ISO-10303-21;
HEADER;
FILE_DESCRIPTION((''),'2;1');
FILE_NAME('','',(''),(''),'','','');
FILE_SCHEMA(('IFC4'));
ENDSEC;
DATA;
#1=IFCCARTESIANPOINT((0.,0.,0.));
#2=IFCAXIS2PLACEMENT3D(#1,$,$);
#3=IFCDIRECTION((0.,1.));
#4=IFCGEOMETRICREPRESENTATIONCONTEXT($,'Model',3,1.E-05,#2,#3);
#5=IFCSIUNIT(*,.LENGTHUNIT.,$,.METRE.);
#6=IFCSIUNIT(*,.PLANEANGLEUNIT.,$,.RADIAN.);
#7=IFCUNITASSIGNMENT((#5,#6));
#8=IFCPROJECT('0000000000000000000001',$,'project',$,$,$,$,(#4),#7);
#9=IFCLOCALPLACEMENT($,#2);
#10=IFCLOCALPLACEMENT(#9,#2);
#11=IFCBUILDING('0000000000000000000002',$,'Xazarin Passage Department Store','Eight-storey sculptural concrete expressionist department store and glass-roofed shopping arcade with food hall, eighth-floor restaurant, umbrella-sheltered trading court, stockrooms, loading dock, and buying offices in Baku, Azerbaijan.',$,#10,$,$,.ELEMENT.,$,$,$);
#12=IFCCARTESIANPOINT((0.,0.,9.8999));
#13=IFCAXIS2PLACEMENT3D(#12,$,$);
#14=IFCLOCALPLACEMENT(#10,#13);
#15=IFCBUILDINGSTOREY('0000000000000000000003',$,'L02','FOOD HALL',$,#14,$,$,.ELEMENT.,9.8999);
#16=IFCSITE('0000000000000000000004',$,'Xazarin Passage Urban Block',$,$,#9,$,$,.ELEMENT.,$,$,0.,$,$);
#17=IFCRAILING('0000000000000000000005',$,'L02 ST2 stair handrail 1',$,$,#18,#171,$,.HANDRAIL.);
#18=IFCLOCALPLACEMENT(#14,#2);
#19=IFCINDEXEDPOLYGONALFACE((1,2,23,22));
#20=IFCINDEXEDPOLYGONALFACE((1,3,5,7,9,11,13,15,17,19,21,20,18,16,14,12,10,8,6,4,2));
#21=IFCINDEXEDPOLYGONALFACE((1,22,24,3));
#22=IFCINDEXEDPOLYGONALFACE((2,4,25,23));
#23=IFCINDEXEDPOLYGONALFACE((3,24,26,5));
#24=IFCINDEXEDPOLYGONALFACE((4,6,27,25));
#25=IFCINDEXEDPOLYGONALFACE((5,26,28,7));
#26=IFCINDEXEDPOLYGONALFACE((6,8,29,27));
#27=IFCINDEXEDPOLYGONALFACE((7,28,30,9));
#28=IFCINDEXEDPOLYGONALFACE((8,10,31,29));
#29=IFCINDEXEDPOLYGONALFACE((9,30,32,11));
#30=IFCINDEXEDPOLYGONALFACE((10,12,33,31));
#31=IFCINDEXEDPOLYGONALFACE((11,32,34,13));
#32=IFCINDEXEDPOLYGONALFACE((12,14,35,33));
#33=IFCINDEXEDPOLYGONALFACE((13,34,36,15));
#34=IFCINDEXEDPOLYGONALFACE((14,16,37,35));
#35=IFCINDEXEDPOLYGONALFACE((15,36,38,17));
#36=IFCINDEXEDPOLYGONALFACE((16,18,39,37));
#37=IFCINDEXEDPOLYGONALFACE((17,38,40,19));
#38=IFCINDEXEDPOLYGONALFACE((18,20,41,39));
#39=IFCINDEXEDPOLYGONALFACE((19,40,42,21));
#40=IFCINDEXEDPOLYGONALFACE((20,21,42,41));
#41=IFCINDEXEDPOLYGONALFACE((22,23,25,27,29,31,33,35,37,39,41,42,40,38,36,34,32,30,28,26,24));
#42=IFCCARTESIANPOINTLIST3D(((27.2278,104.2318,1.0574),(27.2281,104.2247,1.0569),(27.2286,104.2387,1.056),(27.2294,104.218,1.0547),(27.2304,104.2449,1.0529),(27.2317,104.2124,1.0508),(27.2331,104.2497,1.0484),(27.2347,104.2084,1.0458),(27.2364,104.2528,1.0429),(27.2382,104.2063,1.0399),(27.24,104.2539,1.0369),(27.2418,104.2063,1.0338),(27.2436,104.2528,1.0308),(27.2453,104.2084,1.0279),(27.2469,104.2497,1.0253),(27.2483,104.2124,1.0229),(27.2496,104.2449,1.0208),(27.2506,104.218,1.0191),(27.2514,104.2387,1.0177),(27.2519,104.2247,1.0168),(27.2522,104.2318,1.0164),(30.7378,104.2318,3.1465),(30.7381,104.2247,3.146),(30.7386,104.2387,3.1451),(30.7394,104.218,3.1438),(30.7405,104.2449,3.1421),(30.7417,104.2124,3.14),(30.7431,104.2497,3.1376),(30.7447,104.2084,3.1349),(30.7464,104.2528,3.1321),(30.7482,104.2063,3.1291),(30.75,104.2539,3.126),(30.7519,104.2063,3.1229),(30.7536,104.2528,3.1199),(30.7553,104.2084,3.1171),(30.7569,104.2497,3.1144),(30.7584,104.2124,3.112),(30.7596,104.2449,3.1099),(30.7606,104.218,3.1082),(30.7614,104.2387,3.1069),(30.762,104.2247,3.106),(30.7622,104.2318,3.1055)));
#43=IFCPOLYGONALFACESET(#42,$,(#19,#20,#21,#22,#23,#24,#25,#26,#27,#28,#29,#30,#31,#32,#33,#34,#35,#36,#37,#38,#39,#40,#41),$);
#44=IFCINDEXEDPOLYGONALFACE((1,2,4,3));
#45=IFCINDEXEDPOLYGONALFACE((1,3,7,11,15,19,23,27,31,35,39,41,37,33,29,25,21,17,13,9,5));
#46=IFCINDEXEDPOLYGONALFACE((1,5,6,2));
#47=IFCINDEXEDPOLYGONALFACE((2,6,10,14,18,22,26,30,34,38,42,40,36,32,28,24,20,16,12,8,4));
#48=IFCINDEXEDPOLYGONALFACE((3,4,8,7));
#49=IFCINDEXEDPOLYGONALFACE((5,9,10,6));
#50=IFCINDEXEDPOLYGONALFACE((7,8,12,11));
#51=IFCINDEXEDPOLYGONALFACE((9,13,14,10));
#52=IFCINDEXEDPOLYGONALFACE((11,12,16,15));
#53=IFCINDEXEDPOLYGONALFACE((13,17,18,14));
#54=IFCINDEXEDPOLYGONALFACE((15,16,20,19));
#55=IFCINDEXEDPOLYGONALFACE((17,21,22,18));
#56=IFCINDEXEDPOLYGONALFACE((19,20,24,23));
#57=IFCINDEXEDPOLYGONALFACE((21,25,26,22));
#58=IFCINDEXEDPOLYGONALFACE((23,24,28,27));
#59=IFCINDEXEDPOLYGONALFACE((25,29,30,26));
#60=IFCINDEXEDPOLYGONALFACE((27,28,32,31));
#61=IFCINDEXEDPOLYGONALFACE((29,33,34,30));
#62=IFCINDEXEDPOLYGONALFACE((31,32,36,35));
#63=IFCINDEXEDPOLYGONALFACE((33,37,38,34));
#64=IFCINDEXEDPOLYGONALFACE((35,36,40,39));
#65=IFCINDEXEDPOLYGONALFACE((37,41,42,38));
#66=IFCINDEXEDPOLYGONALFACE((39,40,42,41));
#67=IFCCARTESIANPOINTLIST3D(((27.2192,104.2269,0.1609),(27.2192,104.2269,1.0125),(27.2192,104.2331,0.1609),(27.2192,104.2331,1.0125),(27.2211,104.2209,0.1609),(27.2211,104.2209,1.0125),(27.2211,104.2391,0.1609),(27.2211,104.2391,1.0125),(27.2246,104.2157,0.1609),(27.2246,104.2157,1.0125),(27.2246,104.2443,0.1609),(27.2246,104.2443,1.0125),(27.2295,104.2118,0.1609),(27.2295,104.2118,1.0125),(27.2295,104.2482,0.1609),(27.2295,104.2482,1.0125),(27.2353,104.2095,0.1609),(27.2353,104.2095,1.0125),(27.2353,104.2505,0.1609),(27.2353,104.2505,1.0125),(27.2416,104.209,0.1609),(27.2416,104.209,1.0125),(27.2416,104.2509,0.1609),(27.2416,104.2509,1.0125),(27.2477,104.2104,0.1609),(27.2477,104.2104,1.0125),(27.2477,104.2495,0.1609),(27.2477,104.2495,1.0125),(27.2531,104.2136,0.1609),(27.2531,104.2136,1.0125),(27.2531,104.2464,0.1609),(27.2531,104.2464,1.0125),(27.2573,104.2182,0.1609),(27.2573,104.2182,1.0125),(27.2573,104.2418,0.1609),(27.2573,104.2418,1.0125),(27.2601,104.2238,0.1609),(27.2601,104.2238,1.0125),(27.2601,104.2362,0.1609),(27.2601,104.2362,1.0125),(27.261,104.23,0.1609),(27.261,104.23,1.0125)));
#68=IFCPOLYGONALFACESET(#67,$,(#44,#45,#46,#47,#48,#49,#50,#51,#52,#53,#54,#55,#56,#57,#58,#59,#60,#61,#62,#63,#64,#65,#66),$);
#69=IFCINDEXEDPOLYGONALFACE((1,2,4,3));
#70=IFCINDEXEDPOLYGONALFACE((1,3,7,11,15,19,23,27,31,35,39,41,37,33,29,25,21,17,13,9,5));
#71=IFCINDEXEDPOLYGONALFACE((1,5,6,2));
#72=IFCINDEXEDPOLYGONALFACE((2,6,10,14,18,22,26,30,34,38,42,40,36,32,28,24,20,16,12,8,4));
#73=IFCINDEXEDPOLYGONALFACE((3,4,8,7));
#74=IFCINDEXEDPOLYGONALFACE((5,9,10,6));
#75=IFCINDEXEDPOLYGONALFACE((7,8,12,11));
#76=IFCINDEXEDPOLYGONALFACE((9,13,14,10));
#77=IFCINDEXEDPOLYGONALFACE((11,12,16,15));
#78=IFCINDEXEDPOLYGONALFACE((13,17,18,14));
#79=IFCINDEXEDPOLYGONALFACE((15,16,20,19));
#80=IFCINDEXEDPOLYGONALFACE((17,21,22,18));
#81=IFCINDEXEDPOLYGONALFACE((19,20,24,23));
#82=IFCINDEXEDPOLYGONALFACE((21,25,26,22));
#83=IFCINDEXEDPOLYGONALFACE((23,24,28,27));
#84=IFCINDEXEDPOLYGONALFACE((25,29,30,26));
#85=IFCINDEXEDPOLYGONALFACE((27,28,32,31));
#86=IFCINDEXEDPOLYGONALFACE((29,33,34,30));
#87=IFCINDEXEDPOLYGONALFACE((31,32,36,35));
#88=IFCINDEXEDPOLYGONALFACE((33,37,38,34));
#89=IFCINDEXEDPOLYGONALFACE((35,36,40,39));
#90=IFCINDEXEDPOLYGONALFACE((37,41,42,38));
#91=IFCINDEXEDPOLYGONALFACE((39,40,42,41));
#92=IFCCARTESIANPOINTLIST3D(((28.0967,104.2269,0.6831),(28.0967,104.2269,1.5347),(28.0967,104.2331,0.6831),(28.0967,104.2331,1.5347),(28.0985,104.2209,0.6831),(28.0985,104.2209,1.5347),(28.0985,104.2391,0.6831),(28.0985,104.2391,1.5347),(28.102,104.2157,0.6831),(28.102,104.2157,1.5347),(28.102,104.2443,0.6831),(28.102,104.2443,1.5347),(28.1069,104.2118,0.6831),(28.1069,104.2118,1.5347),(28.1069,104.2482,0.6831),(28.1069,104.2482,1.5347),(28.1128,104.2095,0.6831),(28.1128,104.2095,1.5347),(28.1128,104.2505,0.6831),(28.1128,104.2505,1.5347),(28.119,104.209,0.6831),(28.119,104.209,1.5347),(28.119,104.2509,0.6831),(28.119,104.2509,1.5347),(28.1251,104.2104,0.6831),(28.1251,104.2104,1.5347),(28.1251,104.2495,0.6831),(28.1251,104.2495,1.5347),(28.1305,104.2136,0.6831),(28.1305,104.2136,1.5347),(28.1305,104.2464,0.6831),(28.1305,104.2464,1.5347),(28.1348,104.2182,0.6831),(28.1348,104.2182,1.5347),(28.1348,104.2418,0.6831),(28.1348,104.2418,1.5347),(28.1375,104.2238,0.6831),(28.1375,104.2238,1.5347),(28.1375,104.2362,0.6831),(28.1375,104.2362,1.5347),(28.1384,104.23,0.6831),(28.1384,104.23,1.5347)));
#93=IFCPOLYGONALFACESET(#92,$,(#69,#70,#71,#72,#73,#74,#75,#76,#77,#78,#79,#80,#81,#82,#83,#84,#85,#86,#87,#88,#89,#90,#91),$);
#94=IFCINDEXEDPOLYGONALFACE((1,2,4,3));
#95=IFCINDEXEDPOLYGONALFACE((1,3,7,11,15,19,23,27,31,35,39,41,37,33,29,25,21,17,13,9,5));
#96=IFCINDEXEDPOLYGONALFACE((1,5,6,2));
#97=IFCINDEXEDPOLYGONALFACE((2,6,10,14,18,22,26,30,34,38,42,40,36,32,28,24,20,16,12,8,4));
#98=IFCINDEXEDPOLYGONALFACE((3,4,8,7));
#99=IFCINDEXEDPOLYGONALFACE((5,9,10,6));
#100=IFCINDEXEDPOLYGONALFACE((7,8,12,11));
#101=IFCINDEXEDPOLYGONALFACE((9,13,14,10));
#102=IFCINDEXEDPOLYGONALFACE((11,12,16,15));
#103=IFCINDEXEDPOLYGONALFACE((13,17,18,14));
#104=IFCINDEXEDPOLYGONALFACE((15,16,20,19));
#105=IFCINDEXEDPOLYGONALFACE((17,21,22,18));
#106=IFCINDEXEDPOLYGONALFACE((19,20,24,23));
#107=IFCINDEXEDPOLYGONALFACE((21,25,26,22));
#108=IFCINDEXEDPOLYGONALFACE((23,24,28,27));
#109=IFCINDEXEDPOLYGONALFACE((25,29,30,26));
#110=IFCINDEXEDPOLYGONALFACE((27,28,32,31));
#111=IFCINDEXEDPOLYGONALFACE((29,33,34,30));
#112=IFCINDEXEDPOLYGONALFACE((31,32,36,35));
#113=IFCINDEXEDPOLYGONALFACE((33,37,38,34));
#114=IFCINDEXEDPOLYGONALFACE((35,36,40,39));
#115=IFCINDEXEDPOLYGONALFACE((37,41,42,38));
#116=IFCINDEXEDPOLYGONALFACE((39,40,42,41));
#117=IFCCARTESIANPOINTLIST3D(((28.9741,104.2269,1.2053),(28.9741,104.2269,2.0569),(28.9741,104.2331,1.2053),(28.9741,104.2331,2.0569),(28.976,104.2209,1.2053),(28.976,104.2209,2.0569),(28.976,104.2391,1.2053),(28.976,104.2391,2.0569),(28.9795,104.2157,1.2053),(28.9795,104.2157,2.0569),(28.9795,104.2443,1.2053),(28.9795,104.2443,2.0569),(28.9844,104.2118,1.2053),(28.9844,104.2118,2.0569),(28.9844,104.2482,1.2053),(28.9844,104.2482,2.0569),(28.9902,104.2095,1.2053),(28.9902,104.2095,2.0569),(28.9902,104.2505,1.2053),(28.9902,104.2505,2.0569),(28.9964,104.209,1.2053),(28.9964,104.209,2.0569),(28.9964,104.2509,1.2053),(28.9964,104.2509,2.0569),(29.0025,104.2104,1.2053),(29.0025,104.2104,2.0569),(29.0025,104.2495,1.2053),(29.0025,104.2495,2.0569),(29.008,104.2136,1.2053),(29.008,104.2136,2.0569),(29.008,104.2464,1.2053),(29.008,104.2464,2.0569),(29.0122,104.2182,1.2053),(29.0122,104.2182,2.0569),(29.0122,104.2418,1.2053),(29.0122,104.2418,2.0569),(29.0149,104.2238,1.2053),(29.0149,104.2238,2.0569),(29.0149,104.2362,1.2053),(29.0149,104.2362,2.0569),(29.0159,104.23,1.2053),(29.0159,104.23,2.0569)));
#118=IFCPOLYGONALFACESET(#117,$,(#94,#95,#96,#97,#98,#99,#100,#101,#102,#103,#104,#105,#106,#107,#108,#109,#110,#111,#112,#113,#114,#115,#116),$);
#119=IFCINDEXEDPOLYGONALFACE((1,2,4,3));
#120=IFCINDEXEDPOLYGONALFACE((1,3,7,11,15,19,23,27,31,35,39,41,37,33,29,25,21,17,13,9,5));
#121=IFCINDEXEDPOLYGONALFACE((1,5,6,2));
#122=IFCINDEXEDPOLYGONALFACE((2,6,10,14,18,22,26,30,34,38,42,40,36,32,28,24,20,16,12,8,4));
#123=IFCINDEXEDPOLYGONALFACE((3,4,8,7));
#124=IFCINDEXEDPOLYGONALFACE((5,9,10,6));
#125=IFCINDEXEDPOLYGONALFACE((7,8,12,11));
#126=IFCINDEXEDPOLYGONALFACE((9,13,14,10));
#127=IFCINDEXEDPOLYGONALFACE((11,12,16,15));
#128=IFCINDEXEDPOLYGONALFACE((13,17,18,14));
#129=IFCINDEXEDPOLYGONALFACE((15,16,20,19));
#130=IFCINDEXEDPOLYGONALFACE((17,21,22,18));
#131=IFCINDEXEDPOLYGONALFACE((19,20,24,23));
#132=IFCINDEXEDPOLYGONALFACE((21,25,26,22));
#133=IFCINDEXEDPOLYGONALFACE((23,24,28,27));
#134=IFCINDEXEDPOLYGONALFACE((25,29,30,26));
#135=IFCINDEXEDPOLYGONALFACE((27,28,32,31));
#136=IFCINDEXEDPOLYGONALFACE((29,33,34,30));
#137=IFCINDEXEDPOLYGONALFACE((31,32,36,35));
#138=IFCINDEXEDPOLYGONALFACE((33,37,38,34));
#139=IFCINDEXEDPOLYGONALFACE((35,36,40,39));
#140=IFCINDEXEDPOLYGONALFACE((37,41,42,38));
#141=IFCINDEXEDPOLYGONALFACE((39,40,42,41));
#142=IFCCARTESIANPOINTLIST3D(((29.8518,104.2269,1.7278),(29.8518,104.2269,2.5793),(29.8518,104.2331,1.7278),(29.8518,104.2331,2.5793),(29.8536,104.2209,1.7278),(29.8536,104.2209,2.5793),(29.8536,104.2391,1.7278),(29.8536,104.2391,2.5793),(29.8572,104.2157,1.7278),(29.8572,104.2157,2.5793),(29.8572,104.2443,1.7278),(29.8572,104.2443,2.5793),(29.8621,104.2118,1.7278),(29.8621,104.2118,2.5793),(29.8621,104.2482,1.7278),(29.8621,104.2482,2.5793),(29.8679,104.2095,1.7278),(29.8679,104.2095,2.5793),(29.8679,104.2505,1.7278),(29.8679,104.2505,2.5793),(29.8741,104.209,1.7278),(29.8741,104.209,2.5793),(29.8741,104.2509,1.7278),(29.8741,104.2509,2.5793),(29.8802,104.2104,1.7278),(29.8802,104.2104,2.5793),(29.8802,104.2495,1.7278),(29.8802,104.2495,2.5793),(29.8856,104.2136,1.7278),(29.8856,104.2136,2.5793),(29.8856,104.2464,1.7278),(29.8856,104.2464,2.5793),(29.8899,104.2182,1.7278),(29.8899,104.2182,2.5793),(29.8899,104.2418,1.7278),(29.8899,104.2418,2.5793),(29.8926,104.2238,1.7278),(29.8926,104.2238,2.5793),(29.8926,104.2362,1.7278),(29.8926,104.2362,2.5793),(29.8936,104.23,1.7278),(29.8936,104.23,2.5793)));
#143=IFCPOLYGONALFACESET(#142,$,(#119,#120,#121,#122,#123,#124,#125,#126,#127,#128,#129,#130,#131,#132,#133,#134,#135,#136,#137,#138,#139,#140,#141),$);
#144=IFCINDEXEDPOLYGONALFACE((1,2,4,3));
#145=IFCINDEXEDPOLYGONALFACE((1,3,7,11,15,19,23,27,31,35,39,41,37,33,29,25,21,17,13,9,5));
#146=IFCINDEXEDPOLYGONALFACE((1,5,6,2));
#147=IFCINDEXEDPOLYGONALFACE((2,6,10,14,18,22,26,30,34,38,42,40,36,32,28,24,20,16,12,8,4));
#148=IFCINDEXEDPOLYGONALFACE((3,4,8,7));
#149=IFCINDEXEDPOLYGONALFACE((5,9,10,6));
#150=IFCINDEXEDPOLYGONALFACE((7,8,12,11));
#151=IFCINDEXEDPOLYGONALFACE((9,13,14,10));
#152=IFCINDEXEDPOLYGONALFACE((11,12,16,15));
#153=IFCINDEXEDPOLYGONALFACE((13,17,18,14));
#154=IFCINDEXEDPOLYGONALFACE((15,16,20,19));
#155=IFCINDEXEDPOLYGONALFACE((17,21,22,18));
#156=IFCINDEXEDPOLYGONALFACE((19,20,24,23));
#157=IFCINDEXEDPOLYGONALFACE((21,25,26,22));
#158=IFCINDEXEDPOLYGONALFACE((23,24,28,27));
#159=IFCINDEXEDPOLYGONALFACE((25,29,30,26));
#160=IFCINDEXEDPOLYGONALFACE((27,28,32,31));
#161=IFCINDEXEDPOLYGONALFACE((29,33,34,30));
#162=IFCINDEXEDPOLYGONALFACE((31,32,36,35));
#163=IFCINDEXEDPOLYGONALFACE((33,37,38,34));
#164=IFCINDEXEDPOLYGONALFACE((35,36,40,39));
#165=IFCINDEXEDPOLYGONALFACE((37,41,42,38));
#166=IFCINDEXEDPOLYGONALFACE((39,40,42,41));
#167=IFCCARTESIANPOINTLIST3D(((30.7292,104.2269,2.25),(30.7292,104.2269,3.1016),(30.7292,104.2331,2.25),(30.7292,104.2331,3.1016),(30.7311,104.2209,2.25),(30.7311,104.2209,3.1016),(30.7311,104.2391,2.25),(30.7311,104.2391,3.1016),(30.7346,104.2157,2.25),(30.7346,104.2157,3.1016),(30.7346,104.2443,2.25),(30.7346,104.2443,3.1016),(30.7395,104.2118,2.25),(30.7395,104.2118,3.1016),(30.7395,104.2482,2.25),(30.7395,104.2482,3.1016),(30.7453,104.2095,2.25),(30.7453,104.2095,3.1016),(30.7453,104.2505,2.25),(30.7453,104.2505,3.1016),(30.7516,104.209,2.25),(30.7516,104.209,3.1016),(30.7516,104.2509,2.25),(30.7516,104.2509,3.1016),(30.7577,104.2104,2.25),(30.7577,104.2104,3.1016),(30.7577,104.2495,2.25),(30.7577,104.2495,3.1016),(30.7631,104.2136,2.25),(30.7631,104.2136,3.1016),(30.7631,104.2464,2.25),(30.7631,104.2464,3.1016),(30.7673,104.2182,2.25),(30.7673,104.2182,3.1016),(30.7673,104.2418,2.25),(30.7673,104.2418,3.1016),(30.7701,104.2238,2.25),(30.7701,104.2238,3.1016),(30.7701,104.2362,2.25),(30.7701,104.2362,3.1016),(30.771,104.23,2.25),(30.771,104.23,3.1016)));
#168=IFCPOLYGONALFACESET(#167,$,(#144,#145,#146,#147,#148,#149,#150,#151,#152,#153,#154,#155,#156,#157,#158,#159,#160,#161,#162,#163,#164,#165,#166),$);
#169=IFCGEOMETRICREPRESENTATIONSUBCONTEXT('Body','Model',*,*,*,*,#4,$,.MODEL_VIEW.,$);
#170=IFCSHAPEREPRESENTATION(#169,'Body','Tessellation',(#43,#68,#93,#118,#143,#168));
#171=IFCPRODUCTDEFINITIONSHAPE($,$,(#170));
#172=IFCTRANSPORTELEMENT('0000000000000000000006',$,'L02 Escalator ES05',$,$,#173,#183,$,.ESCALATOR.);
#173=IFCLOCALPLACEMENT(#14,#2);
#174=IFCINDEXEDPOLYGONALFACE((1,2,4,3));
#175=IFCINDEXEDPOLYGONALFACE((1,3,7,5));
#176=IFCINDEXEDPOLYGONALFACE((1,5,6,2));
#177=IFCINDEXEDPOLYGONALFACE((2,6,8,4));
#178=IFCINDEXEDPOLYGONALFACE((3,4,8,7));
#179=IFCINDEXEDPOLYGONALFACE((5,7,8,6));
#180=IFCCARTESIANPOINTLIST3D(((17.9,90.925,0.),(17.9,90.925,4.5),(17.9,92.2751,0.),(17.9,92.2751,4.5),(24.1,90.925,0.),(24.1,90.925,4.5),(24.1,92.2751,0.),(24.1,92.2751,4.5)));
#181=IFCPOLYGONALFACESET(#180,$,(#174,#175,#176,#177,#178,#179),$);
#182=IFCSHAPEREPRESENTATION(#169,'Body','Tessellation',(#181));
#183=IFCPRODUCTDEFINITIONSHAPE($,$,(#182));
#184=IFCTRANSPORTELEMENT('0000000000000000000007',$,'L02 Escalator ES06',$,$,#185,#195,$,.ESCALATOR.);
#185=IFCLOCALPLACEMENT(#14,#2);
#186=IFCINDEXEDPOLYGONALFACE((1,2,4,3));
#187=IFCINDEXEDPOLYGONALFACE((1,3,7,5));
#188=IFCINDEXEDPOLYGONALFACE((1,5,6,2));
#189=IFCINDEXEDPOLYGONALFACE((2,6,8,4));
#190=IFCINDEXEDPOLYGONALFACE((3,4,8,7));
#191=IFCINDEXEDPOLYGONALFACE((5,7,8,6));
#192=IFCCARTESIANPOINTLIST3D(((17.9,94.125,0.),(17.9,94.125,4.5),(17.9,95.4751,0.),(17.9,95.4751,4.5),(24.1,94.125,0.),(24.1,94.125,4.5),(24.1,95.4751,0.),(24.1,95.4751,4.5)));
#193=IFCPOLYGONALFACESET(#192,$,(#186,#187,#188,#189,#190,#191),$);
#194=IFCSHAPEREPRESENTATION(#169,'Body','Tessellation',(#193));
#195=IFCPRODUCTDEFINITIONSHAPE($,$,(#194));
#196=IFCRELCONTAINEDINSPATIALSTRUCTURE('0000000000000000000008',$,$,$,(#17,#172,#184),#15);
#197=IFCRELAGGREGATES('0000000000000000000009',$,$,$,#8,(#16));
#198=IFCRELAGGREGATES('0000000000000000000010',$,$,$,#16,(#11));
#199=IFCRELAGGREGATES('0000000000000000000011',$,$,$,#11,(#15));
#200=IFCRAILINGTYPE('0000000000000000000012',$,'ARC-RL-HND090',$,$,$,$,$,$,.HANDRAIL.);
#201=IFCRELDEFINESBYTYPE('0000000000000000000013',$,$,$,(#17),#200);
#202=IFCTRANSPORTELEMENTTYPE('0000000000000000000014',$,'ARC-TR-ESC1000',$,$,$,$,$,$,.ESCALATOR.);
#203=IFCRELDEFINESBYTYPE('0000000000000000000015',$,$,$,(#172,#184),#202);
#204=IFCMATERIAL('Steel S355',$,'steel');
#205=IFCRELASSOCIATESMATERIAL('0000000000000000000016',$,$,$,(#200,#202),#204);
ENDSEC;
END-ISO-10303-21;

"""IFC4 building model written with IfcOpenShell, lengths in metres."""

from ifc_helpers import new_model, si_unit, direction, frame, origin, origin_2d, place, context, subcontext, project, spatial, rectangle, circle, extrude, material, type_object, element, save


model = new_model("IFC4")

# Units and contexts
model_context = context("Model", 3, precision=1e-05, world=origin(), true_north=direction((0.0, 1.0)))
body_context = subcontext(model_context, "Body", "Model", "MODEL_VIEW")
ifc_project = project(units=[si_unit("LENGTHUNIT", "METRE"), si_unit("PLANEANGLEUNIT", "RADIAN")], contexts=[model_context])

# Site, building, storey
site_placement = place(None, origin())
site = spatial("IfcSite", under=ifc_project, at=site_placement, Name="Xazarin Passage Urban Block", CompositionType="ELEMENT", RefElevation=0.0)
building_placement = place(site_placement, origin())
building = spatial("IfcBuilding", under=site, at=building_placement, Name="Xazarin Passage Department Store", Description="Eight-storey sculptural concrete expressionist department store and glass-roofed shopping arcade with food hall, eighth-floor restaurant, umbrella-sheltered trading court, stockrooms, loading dock, and buying offices in Baku, Azerbaijan.", CompositionType="ELEMENT")
storey_placement = place(building_placement, frame((0.0, 0.0, 9.8999)))
storey = spatial("IfcBuildingStorey", under=building, at=storey_placement, Name="L02", Description="FOOD HALL", CompositionType="ELEMENT", Elevation=9.8999)

# Railing
ifc_material_1 = material(Name="Steel S355", Category="steel")
railing_type = type_object("IfcRailingType", Name="ARC-RL-HND090", PredefinedType="HANDRAIL", material=ifc_material_1)
railing_placement = place(storey_placement, frame((27.24, 104.23, 0.1609)))
element("IfcRailing", 1, at=railing_placement, inside=storey, type_object=railing_type, Name="L02 ST2 stair handrail 1", PredefinedType="HANDRAIL", context=body_context, shape_type="SweptSolid", body=[
    extrude(circle(Radius=0.0239, at=origin_2d()), frame((0.0, 0.0, 0.876), z_axis=(0.859312, 0.0, 0.511451), x_axis=(0.0, 1.0, 0.0)), (0.0, 0.0, 1.0), 4.0847),
    extrude(circle(Radius=0.021, at=origin_2d()), origin(), (0.0, 0.0, 1.0), 0.8516),
    extrude(circle(Radius=0.021, at=origin_2d()), frame((0.8774, 0.0, 0.5222)), (0.0, 0.0, 1.0), 0.8516),
    extrude(circle(Radius=0.021, at=origin_2d()), frame((1.7549, 0.0, 1.0444)), (0.0, 0.0, 1.0), 0.8516),
    extrude(circle(Radius=0.021, at=origin_2d()), frame((2.6326, 0.0, 1.5669)), (0.0, 0.0, 1.0), 0.8516),
    extrude(circle(Radius=0.021, at=origin_2d()), frame((3.51, 0.0, 2.0891)), (0.0, 0.0, 1.0), 0.8516),
])

# Transport elements
transport_element_type = type_object("IfcTransportElementType", Name="ARC-TR-ESC1000", PredefinedType="ESCALATOR", material=ifc_material_1)
for number, where, z_axis, x_axis, name in (
    (2, (21.0, 91.6001, 0.0), (0.0, 0.0, 1.0), (1.0, 0.0, 0.0), "L02 Escalator ES05"),
    (3, (21.0, 94.8, 0.0), (0.0, 0.0, 1.0), (1.0, 0.0, 0.0), "L02 Escalator ES06"),
):
    element("IfcTransportElement", number, at=place(storey_placement, frame(where, z_axis=z_axis, x_axis=x_axis)), inside=storey, type_object=transport_element_type, Name=name, PredefinedType="ESCALATOR", context=body_context, shape_type="SweptSolid", body=[
        extrude(rectangle(XDim=6.2, YDim=1.3501, at=origin_2d()), origin(), (0.0, 0.0, 1.0), 4.5),
    ])

save(model, "model.ifc")
